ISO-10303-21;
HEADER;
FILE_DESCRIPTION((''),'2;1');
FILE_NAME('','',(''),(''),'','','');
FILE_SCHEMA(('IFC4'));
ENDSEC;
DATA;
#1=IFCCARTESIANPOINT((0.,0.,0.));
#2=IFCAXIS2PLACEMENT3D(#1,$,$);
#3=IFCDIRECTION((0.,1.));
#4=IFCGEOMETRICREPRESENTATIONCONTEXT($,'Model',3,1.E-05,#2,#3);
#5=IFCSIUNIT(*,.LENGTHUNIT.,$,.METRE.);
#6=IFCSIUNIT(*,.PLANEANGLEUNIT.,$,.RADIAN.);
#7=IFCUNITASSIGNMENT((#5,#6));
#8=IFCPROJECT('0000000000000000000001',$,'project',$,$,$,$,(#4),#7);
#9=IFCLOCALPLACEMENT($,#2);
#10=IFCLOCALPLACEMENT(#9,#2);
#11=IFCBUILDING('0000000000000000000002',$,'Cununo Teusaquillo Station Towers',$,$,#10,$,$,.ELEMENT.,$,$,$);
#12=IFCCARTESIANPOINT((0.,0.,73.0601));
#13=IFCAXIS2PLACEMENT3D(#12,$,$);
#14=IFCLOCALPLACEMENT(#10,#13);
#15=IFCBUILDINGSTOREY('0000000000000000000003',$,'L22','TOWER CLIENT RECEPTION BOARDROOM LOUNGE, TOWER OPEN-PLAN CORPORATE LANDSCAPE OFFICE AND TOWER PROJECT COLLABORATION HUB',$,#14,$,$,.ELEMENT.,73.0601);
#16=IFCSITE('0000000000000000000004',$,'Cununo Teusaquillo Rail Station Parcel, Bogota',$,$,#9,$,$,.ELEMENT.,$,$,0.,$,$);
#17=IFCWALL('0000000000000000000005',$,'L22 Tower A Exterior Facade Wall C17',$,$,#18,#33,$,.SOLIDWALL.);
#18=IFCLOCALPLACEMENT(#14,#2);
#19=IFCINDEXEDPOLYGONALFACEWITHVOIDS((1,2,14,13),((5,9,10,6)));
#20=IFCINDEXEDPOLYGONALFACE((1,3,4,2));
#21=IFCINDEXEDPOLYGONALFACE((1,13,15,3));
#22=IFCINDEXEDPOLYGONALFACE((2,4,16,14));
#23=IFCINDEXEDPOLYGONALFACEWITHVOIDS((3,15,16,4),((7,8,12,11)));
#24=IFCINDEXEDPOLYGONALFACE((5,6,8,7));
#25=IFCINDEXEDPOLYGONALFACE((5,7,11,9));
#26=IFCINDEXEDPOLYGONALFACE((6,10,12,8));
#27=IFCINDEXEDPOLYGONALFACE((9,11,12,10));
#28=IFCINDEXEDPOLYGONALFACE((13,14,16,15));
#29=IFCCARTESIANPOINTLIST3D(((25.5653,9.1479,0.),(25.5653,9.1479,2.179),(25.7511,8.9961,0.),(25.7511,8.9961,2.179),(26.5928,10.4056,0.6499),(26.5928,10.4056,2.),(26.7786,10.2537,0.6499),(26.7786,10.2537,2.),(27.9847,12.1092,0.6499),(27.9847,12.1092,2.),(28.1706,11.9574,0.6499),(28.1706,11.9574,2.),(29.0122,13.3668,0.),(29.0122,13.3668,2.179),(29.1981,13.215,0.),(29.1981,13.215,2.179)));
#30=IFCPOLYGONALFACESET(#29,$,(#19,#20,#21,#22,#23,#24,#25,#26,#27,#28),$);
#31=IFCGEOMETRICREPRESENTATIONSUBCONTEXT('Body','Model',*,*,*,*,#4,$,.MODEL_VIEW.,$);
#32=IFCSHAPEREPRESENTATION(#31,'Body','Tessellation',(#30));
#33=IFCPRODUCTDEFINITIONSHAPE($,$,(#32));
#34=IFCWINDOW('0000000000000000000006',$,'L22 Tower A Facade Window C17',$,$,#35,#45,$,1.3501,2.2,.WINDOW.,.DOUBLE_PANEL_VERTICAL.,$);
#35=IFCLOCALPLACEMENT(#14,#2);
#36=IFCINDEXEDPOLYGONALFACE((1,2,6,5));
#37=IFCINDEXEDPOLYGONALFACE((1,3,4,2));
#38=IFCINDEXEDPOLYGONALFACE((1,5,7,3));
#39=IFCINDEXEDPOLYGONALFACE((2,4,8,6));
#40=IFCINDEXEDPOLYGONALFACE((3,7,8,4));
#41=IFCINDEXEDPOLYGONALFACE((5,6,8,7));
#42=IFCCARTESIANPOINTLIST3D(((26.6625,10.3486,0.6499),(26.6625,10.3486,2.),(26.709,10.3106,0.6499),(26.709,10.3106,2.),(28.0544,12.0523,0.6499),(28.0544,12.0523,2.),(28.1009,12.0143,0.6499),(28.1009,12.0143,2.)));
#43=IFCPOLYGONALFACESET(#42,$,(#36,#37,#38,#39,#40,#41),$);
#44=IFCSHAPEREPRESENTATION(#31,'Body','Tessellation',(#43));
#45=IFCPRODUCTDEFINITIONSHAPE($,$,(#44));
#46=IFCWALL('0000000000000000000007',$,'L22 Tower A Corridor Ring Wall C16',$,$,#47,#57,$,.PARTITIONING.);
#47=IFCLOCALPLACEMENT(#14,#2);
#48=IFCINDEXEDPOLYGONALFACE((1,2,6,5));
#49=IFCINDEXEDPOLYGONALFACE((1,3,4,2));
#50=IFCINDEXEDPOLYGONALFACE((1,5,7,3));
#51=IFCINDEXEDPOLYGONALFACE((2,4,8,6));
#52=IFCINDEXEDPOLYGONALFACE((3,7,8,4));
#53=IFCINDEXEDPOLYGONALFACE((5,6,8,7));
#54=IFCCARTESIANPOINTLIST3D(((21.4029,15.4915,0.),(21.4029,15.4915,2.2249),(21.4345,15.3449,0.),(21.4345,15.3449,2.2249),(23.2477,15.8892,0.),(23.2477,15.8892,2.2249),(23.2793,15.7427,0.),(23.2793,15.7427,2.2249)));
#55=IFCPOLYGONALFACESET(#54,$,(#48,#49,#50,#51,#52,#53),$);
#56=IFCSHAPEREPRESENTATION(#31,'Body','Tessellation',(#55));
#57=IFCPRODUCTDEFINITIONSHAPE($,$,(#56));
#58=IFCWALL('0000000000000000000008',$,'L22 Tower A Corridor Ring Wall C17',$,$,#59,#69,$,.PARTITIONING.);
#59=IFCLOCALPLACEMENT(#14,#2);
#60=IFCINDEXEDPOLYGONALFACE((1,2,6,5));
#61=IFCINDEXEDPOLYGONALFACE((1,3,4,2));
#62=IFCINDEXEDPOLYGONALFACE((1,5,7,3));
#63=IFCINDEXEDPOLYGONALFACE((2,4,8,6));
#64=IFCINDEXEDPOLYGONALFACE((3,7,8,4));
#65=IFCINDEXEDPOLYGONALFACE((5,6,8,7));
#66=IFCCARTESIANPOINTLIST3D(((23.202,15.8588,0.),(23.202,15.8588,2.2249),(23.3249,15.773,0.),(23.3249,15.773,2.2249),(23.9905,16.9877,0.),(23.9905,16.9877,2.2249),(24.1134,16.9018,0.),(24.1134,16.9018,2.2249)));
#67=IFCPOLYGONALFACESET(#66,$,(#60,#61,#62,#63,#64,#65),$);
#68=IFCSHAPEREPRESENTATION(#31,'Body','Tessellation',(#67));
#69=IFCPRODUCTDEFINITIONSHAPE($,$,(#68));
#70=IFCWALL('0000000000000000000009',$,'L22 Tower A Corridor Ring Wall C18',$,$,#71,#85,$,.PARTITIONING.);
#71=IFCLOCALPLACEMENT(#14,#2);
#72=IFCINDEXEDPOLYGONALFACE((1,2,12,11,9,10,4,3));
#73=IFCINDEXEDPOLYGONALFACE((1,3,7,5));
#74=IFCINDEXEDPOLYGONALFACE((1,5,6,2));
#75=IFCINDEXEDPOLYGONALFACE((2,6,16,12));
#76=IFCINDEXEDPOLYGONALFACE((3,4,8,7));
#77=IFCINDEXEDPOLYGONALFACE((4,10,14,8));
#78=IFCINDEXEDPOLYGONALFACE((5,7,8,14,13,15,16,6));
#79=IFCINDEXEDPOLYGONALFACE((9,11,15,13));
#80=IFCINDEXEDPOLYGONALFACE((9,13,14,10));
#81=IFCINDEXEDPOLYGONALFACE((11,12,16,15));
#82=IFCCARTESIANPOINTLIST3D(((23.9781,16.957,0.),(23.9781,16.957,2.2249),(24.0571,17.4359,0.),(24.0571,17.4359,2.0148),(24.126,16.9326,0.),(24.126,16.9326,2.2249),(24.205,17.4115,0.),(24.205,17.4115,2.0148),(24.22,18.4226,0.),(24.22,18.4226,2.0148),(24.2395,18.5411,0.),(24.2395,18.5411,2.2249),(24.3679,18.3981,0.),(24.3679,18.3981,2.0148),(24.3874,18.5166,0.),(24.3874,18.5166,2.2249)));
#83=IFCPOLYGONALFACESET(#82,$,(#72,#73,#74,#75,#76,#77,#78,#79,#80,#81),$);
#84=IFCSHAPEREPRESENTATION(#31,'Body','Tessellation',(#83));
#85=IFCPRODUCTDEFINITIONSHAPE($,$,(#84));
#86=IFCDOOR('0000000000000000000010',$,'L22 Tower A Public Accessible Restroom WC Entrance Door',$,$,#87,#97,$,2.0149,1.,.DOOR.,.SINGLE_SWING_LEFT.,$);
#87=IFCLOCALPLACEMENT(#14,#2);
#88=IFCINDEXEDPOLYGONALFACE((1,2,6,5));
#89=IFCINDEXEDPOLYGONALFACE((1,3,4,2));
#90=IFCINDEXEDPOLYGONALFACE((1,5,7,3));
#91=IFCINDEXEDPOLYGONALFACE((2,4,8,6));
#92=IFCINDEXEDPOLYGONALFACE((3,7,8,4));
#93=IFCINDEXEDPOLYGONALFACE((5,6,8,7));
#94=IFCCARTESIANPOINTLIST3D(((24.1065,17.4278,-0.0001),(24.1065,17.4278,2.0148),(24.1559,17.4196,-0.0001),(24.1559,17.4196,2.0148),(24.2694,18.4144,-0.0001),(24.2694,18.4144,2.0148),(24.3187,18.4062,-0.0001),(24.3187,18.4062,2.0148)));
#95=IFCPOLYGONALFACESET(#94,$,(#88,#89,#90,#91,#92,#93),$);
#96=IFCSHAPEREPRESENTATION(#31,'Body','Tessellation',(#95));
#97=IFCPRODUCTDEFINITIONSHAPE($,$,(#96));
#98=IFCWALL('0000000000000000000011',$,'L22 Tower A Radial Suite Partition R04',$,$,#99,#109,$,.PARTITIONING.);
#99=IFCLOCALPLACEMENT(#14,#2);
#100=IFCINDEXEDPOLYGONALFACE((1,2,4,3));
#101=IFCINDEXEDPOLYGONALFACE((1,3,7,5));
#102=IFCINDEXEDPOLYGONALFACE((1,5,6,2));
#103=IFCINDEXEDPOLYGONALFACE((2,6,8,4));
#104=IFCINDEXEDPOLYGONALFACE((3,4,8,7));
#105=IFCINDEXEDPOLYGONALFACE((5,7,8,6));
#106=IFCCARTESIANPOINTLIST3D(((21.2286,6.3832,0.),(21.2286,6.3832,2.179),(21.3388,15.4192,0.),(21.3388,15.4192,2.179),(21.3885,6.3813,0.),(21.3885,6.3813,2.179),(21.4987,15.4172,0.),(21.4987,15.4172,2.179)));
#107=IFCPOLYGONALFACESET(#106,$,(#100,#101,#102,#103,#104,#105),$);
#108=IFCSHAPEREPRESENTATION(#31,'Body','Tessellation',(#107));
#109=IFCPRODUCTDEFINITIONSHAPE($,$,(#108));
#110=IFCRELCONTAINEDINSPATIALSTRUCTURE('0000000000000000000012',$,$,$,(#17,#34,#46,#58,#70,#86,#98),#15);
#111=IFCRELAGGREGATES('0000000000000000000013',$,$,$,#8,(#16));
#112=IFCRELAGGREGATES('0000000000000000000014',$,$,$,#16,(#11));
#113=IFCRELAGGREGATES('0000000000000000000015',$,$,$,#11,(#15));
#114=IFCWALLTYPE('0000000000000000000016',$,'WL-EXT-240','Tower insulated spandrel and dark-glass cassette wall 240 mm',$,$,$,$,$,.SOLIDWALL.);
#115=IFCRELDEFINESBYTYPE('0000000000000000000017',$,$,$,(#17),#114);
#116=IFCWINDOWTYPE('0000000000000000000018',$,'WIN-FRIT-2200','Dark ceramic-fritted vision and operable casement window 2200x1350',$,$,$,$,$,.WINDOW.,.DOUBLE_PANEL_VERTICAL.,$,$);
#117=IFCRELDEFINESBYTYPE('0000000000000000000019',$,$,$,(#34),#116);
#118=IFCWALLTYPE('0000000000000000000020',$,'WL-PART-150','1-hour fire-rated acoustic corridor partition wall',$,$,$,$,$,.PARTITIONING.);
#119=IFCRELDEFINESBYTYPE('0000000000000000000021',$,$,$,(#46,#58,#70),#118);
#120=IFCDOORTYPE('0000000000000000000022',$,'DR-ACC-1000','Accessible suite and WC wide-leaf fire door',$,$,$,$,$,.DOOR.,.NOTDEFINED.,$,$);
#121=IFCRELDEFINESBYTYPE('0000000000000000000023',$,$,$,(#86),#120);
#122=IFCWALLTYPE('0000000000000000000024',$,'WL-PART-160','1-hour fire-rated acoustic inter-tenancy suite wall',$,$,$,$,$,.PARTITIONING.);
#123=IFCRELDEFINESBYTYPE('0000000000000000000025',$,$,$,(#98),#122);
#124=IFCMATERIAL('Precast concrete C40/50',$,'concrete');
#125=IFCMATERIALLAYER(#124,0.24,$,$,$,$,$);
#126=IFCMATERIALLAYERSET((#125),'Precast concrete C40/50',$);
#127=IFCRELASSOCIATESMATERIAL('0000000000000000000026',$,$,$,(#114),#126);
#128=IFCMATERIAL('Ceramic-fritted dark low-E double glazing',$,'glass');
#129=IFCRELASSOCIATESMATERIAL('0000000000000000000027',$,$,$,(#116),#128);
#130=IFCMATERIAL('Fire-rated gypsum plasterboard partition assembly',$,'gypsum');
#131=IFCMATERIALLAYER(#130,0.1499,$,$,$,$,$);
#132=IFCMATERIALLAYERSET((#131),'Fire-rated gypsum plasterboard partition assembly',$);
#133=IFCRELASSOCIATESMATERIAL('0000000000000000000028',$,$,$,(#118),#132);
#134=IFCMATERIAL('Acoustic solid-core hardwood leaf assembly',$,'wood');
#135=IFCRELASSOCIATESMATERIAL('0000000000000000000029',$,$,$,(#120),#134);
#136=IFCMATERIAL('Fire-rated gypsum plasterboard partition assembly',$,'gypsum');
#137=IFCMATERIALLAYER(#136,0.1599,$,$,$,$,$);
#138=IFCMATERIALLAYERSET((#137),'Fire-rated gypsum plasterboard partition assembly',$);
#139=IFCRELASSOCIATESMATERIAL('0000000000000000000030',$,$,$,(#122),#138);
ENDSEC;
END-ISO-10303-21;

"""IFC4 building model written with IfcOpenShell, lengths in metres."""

from ifc_helpers import new_model, si_unit, direction, frame, frame_2d, origin, place, context, subcontext, project, spatial, rectangle, extrude, source, transform, mapped, material, layer, layer_set, type_object, element, fill, save


model = new_model("IFC4")

# Units and contexts
model_context = context("Model", 3, precision=1e-05, world=origin(), true_north=direction((0.0, 1.0)))
body_context = subcontext(model_context, "Body", "Model", "MODEL_VIEW")
ifc_project = project(units=[si_unit("LENGTHUNIT", "METRE"), si_unit("PLANEANGLEUNIT", "RADIAN")], contexts=[model_context])

# Site, building, storey
site_placement = place(None, origin())
site = spatial("IfcSite", under=ifc_project, at=site_placement, Name="Cununo Teusaquillo Rail Station Parcel, Bogota", CompositionType="ELEMENT", RefElevation=0.0)
building_placement = place(site_placement, origin())
building = spatial("IfcBuilding", under=site, at=building_placement, Name="Cununo Teusaquillo Station Towers", CompositionType="ELEMENT")
storey_placement = place(building_placement, frame((0.0, 0.0, 73.0601)))
storey = spatial("IfcBuildingStorey", under=building, at=storey_placement, Name="L22", Description="TOWER CLIENT RECEPTION BOARDROOM LOUNGE, TOWER OPEN-PLAN CORPORATE LANDSCAPE OFFICE AND TOWER PROJECT COLLABORATION HUB", CompositionType="ELEMENT", Elevation=73.0601)

# Shared definitions
ifc_material_1 = material(Name="Precast concrete C40/50", Category="concrete")
ifc_layer_1 = layer(ifc_material_1, 0.24)
ifc_layer_set_1 = layer_set([ifc_layer_1], Name="Precast concrete C40/50")
wall_type_1 = type_object("IfcWallType", Name="WL-EXT-240", Description="Tower insulated spandrel and dark-glass cassette wall 240 mm", PredefinedType="SOLIDWALL", material=ifc_layer_set_1)
shared_shape_1 = source(origin(), body_context, "Body", "SweptSolid", [
    extrude(rectangle(XDim=2.2, YDim=1.3501, at=frame_2d((1.1001, 0.675))), frame((0.0, 0.1299, 0.0), z_axis=(0.0, -1.0, 0.0), x_axis=(1.0, 0.0, 0.0)), (0.0, 0.0, 1.0), 0.26),
])
ifc_material_2 = material(Name="Ceramic-fritted dark low-E double glazing", Category="glass")
window_type_1 = type_object("IfcWindowType", Name="WIN-FRIT-2200", Description="Dark ceramic-fritted vision and operable casement window 2200x1350", PartitioningType="DOUBLE_PANEL_VERTICAL", PredefinedType="WINDOW", material=ifc_material_2)
shared_shape_2 = source(origin(), body_context, "Body", "SweptSolid", [
    extrude(rectangle(XDim=2.2, YDim=1.3501, at=frame_2d((1.1001, 0.675))), frame((0.0, 0.03, 0.0), z_axis=(0.0, -1.0, 0.0), x_axis=(1.0, 0.0, 0.0)), (0.0, 0.0, 1.0), 0.0601),
])

# Wall, opening, window
wall_1_placement = place(storey_placement, frame((29.1052, 13.291, 0.0), z_axis=(0.0, 0.0, 1.0), x_axis=(-0.632701, -0.774396, 0.0)))
wall_1 = element("IfcWall", 1, at=wall_1_placement, inside=storey, type_object=wall_type_1, Name="L22 Tower A Exterior Facade Wall C17", PredefinedType="SOLIDWALL", context=body_context, shape_type="SweptSolid", body=[
    extrude(rectangle(XDim=5.448, YDim=0.24, at=frame_2d((2.7241, 0.0))), origin(), (0.0, 0.0, 1.0), 2.179),
])
opening_1_placement = place(wall_1_placement, frame((1.624, 0.0, 0.6499)))
opening_1 = element("IfcOpeningElement", 2, at=opening_1_placement, cuts=wall_1, PredefinedType="OPENING", context=body_context, shape_type="MappedRepresentation", body=[
    mapped(shared_shape_1, transform((0.0, 0.0, 0.0), x_axis=(1.0, 0.0, 0.0), y_axis=(0.0, 1.0, 0.0), z_axis=(0.0, 0.0, 1.0), scale=1.0)),
])
window_1_placement = place(opening_1_placement, origin())
window_1 = element("IfcWindow", 3, at=window_1_placement, inside=storey, type_object=window_type_1, Name="L22 Tower A Facade Window C17", OverallHeight=1.3501, OverallWidth=2.2, PartitioningType="DOUBLE_PANEL_VERTICAL", PredefinedType="WINDOW", context=body_context, shape_type="MappedRepresentation", body=[
    mapped(shared_shape_2, transform((0.0, 0.0, 0.0), x_axis=(1.0, 0.0, 0.0), y_axis=(0.0, 1.0, 0.0), z_axis=(0.0, 0.0, 1.0), scale=1.0)),
])
fill(opening_1, window_1)

# Walls
ifc_material_3 = material(Name="Fire-rated gypsum plasterboard partition assembly", Category="gypsum")
ifc_layer_2 = layer(ifc_material_3, 0.1499)
ifc_layer_set_2 = layer_set([ifc_layer_2], Name="Fire-rated gypsum plasterboard partition assembly")
wall_type_2 = type_object("IfcWallType", Name="WL-PART-150", Description="1-hour fire-rated acoustic corridor partition wall", PredefinedType="PARTITIONING", material=ifc_layer_set_2)
wall_2_placement = place(storey_placement, frame((21.4187, 15.4182, 0.0), z_axis=(0.0, 0.0, 1.0), x_axis=(0.97754, 0.210748, 0.0)))
element("IfcWall", 4, at=wall_2_placement, inside=storey, type_object=wall_type_2, Name="L22 Tower A Corridor Ring Wall C16", PredefinedType="PARTITIONING", context=body_context, shape_type="SweptSolid", body=[
    extrude(rectangle(XDim=1.8872, YDim=0.1499, at=frame_2d((0.9436, 0.0))), origin(), (0.0, 0.0, 1.0), 2.2249),
])
wall_3_placement = place(storey_placement, frame((23.2634, 15.8159, 0.0), z_axis=(0.0, 0.0, 1.0), x_axis=(0.572653, 0.819798, 0.0)))
element("IfcWall", 5, at=wall_3_placement, inside=storey, type_object=wall_type_2, Name="L22 Tower A Corridor Ring Wall C17", PredefinedType="PARTITIONING", context=body_context, shape_type="SweptSolid", body=[
    extrude(rectangle(XDim=1.377, YDim=0.1499, at=frame_2d((0.6885, 0.0))), origin(), (0.0, 0.0, 1.0), 2.2249),
])

# Wall, opening, door
wall_4_placement = place(storey_placement, frame((24.052, 16.9448, 0.0), z_axis=(0.0, 0.0, 1.0), x_axis=(0.16287, 0.986648, 0.0)))
wall_4 = element("IfcWall", 6, at=wall_4_placement, inside=storey, type_object=wall_type_2, Name="L22 Tower A Corridor Ring Wall C18", PredefinedType="PARTITIONING", context=body_context, shape_type="SweptSolid", body=[
    extrude(rectangle(XDim=1.6055, YDim=0.1499, at=frame_2d((0.8027, 0.0))), origin(), (0.0, 0.0, 1.0), 2.2249),
])
shared_shape_3 = source(origin(), body_context, "Body", "SweptSolid", [
    extrude(rectangle(XDim=1.0, YDim=2.0149, at=frame_2d((0.5, 1.0073))), frame((0.0, 0.085, 0.0), z_axis=(0.0, -1.0, 0.0), x_axis=(1.0, 0.0, 0.0)), (0.0, 0.0, 1.0), 0.1699),
])
opening_2_placement = place(wall_4_placement, frame((0.4854, 0.0, 0.0)))
opening_2 = element("IfcOpeningElement", 7, at=opening_2_placement, cuts=wall_4, PredefinedType="OPENING", context=body_context, shape_type="MappedRepresentation", body=[
    mapped(shared_shape_3, transform((0.0, 0.0, 0.0), x_axis=(1.0, 0.0, 0.0), y_axis=(0.0, 1.0, 0.0), z_axis=(0.0, 0.0, 1.0), scale=1.0)),
])
ifc_material_4 = material(Name="Acoustic solid-core hardwood leaf assembly", Category="wood")
door_type = type_object("IfcDoorType", Name="DR-ACC-1000", Description="Accessible suite and WC wide-leaf fire door", OperationType="NOTDEFINED", PredefinedType="DOOR", material=ifc_material_4)
shared_shape_4 = source(origin(), body_context, "Body", "SweptSolid", [
    extrude(rectangle(XDim=1.0, YDim=2.0149, at=frame_2d((0.5, 1.0073))), frame((0.0, 0.0249, 0.0), z_axis=(0.0, -1.0, 0.0), x_axis=(1.0, 0.0, 0.0)), (0.0, 0.0, 1.0), 0.05),
])
door_placement = place(opening_2_placement, origin())
door = element("IfcDoor", 8, at=door_placement, inside=storey, type_object=door_type, Name="L22 Tower A Public Accessible Restroom WC Entrance Door", OperationType="SINGLE_SWING_LEFT", OverallHeight=2.0149, OverallWidth=1.0, PredefinedType="DOOR", context=body_context, shape_type="MappedRepresentation", body=[
    mapped(shared_shape_4, transform((0.0, 0.0, 0.0), x_axis=(1.0, 0.0, 0.0), y_axis=(0.0, 1.0, 0.0), z_axis=(0.0, 0.0, 1.0), scale=1.0)),
])
fill(opening_2, door)

# Wall
ifc_material_5 = material(Name="Fire-rated gypsum plasterboard partition assembly", Category="gypsum")
ifc_layer_3 = layer(ifc_material_5, 0.1599)
ifc_layer_set_3 = layer_set([ifc_layer_3], Name="Fire-rated gypsum plasterboard partition assembly")
wall_type_3 = type_object("IfcWallType", Name="WL-PART-160", Description="1-hour fire-rated acoustic inter-tenancy suite wall", PredefinedType="PARTITIONING", material=ifc_layer_set_3)
wall_5_placement = place(storey_placement, frame((21.4187, 15.4182, 0.0), z_axis=(0.0, 0.0, 1.0), x_axis=(-0.012185, -0.999926, 0.0)))
element("IfcWall", 9, at=wall_5_placement, inside=storey, type_object=wall_type_3, Name="L22 Tower A Radial Suite Partition R04", PredefinedType="PARTITIONING", context=body_context, shape_type="SweptSolid", body=[
    extrude(rectangle(XDim=9.0366, YDim=0.1599, at=frame_2d((4.5183, 0.0))), origin(), (0.0, 0.0, 1.0), 2.179),
])

save(model, "model.ifc")
